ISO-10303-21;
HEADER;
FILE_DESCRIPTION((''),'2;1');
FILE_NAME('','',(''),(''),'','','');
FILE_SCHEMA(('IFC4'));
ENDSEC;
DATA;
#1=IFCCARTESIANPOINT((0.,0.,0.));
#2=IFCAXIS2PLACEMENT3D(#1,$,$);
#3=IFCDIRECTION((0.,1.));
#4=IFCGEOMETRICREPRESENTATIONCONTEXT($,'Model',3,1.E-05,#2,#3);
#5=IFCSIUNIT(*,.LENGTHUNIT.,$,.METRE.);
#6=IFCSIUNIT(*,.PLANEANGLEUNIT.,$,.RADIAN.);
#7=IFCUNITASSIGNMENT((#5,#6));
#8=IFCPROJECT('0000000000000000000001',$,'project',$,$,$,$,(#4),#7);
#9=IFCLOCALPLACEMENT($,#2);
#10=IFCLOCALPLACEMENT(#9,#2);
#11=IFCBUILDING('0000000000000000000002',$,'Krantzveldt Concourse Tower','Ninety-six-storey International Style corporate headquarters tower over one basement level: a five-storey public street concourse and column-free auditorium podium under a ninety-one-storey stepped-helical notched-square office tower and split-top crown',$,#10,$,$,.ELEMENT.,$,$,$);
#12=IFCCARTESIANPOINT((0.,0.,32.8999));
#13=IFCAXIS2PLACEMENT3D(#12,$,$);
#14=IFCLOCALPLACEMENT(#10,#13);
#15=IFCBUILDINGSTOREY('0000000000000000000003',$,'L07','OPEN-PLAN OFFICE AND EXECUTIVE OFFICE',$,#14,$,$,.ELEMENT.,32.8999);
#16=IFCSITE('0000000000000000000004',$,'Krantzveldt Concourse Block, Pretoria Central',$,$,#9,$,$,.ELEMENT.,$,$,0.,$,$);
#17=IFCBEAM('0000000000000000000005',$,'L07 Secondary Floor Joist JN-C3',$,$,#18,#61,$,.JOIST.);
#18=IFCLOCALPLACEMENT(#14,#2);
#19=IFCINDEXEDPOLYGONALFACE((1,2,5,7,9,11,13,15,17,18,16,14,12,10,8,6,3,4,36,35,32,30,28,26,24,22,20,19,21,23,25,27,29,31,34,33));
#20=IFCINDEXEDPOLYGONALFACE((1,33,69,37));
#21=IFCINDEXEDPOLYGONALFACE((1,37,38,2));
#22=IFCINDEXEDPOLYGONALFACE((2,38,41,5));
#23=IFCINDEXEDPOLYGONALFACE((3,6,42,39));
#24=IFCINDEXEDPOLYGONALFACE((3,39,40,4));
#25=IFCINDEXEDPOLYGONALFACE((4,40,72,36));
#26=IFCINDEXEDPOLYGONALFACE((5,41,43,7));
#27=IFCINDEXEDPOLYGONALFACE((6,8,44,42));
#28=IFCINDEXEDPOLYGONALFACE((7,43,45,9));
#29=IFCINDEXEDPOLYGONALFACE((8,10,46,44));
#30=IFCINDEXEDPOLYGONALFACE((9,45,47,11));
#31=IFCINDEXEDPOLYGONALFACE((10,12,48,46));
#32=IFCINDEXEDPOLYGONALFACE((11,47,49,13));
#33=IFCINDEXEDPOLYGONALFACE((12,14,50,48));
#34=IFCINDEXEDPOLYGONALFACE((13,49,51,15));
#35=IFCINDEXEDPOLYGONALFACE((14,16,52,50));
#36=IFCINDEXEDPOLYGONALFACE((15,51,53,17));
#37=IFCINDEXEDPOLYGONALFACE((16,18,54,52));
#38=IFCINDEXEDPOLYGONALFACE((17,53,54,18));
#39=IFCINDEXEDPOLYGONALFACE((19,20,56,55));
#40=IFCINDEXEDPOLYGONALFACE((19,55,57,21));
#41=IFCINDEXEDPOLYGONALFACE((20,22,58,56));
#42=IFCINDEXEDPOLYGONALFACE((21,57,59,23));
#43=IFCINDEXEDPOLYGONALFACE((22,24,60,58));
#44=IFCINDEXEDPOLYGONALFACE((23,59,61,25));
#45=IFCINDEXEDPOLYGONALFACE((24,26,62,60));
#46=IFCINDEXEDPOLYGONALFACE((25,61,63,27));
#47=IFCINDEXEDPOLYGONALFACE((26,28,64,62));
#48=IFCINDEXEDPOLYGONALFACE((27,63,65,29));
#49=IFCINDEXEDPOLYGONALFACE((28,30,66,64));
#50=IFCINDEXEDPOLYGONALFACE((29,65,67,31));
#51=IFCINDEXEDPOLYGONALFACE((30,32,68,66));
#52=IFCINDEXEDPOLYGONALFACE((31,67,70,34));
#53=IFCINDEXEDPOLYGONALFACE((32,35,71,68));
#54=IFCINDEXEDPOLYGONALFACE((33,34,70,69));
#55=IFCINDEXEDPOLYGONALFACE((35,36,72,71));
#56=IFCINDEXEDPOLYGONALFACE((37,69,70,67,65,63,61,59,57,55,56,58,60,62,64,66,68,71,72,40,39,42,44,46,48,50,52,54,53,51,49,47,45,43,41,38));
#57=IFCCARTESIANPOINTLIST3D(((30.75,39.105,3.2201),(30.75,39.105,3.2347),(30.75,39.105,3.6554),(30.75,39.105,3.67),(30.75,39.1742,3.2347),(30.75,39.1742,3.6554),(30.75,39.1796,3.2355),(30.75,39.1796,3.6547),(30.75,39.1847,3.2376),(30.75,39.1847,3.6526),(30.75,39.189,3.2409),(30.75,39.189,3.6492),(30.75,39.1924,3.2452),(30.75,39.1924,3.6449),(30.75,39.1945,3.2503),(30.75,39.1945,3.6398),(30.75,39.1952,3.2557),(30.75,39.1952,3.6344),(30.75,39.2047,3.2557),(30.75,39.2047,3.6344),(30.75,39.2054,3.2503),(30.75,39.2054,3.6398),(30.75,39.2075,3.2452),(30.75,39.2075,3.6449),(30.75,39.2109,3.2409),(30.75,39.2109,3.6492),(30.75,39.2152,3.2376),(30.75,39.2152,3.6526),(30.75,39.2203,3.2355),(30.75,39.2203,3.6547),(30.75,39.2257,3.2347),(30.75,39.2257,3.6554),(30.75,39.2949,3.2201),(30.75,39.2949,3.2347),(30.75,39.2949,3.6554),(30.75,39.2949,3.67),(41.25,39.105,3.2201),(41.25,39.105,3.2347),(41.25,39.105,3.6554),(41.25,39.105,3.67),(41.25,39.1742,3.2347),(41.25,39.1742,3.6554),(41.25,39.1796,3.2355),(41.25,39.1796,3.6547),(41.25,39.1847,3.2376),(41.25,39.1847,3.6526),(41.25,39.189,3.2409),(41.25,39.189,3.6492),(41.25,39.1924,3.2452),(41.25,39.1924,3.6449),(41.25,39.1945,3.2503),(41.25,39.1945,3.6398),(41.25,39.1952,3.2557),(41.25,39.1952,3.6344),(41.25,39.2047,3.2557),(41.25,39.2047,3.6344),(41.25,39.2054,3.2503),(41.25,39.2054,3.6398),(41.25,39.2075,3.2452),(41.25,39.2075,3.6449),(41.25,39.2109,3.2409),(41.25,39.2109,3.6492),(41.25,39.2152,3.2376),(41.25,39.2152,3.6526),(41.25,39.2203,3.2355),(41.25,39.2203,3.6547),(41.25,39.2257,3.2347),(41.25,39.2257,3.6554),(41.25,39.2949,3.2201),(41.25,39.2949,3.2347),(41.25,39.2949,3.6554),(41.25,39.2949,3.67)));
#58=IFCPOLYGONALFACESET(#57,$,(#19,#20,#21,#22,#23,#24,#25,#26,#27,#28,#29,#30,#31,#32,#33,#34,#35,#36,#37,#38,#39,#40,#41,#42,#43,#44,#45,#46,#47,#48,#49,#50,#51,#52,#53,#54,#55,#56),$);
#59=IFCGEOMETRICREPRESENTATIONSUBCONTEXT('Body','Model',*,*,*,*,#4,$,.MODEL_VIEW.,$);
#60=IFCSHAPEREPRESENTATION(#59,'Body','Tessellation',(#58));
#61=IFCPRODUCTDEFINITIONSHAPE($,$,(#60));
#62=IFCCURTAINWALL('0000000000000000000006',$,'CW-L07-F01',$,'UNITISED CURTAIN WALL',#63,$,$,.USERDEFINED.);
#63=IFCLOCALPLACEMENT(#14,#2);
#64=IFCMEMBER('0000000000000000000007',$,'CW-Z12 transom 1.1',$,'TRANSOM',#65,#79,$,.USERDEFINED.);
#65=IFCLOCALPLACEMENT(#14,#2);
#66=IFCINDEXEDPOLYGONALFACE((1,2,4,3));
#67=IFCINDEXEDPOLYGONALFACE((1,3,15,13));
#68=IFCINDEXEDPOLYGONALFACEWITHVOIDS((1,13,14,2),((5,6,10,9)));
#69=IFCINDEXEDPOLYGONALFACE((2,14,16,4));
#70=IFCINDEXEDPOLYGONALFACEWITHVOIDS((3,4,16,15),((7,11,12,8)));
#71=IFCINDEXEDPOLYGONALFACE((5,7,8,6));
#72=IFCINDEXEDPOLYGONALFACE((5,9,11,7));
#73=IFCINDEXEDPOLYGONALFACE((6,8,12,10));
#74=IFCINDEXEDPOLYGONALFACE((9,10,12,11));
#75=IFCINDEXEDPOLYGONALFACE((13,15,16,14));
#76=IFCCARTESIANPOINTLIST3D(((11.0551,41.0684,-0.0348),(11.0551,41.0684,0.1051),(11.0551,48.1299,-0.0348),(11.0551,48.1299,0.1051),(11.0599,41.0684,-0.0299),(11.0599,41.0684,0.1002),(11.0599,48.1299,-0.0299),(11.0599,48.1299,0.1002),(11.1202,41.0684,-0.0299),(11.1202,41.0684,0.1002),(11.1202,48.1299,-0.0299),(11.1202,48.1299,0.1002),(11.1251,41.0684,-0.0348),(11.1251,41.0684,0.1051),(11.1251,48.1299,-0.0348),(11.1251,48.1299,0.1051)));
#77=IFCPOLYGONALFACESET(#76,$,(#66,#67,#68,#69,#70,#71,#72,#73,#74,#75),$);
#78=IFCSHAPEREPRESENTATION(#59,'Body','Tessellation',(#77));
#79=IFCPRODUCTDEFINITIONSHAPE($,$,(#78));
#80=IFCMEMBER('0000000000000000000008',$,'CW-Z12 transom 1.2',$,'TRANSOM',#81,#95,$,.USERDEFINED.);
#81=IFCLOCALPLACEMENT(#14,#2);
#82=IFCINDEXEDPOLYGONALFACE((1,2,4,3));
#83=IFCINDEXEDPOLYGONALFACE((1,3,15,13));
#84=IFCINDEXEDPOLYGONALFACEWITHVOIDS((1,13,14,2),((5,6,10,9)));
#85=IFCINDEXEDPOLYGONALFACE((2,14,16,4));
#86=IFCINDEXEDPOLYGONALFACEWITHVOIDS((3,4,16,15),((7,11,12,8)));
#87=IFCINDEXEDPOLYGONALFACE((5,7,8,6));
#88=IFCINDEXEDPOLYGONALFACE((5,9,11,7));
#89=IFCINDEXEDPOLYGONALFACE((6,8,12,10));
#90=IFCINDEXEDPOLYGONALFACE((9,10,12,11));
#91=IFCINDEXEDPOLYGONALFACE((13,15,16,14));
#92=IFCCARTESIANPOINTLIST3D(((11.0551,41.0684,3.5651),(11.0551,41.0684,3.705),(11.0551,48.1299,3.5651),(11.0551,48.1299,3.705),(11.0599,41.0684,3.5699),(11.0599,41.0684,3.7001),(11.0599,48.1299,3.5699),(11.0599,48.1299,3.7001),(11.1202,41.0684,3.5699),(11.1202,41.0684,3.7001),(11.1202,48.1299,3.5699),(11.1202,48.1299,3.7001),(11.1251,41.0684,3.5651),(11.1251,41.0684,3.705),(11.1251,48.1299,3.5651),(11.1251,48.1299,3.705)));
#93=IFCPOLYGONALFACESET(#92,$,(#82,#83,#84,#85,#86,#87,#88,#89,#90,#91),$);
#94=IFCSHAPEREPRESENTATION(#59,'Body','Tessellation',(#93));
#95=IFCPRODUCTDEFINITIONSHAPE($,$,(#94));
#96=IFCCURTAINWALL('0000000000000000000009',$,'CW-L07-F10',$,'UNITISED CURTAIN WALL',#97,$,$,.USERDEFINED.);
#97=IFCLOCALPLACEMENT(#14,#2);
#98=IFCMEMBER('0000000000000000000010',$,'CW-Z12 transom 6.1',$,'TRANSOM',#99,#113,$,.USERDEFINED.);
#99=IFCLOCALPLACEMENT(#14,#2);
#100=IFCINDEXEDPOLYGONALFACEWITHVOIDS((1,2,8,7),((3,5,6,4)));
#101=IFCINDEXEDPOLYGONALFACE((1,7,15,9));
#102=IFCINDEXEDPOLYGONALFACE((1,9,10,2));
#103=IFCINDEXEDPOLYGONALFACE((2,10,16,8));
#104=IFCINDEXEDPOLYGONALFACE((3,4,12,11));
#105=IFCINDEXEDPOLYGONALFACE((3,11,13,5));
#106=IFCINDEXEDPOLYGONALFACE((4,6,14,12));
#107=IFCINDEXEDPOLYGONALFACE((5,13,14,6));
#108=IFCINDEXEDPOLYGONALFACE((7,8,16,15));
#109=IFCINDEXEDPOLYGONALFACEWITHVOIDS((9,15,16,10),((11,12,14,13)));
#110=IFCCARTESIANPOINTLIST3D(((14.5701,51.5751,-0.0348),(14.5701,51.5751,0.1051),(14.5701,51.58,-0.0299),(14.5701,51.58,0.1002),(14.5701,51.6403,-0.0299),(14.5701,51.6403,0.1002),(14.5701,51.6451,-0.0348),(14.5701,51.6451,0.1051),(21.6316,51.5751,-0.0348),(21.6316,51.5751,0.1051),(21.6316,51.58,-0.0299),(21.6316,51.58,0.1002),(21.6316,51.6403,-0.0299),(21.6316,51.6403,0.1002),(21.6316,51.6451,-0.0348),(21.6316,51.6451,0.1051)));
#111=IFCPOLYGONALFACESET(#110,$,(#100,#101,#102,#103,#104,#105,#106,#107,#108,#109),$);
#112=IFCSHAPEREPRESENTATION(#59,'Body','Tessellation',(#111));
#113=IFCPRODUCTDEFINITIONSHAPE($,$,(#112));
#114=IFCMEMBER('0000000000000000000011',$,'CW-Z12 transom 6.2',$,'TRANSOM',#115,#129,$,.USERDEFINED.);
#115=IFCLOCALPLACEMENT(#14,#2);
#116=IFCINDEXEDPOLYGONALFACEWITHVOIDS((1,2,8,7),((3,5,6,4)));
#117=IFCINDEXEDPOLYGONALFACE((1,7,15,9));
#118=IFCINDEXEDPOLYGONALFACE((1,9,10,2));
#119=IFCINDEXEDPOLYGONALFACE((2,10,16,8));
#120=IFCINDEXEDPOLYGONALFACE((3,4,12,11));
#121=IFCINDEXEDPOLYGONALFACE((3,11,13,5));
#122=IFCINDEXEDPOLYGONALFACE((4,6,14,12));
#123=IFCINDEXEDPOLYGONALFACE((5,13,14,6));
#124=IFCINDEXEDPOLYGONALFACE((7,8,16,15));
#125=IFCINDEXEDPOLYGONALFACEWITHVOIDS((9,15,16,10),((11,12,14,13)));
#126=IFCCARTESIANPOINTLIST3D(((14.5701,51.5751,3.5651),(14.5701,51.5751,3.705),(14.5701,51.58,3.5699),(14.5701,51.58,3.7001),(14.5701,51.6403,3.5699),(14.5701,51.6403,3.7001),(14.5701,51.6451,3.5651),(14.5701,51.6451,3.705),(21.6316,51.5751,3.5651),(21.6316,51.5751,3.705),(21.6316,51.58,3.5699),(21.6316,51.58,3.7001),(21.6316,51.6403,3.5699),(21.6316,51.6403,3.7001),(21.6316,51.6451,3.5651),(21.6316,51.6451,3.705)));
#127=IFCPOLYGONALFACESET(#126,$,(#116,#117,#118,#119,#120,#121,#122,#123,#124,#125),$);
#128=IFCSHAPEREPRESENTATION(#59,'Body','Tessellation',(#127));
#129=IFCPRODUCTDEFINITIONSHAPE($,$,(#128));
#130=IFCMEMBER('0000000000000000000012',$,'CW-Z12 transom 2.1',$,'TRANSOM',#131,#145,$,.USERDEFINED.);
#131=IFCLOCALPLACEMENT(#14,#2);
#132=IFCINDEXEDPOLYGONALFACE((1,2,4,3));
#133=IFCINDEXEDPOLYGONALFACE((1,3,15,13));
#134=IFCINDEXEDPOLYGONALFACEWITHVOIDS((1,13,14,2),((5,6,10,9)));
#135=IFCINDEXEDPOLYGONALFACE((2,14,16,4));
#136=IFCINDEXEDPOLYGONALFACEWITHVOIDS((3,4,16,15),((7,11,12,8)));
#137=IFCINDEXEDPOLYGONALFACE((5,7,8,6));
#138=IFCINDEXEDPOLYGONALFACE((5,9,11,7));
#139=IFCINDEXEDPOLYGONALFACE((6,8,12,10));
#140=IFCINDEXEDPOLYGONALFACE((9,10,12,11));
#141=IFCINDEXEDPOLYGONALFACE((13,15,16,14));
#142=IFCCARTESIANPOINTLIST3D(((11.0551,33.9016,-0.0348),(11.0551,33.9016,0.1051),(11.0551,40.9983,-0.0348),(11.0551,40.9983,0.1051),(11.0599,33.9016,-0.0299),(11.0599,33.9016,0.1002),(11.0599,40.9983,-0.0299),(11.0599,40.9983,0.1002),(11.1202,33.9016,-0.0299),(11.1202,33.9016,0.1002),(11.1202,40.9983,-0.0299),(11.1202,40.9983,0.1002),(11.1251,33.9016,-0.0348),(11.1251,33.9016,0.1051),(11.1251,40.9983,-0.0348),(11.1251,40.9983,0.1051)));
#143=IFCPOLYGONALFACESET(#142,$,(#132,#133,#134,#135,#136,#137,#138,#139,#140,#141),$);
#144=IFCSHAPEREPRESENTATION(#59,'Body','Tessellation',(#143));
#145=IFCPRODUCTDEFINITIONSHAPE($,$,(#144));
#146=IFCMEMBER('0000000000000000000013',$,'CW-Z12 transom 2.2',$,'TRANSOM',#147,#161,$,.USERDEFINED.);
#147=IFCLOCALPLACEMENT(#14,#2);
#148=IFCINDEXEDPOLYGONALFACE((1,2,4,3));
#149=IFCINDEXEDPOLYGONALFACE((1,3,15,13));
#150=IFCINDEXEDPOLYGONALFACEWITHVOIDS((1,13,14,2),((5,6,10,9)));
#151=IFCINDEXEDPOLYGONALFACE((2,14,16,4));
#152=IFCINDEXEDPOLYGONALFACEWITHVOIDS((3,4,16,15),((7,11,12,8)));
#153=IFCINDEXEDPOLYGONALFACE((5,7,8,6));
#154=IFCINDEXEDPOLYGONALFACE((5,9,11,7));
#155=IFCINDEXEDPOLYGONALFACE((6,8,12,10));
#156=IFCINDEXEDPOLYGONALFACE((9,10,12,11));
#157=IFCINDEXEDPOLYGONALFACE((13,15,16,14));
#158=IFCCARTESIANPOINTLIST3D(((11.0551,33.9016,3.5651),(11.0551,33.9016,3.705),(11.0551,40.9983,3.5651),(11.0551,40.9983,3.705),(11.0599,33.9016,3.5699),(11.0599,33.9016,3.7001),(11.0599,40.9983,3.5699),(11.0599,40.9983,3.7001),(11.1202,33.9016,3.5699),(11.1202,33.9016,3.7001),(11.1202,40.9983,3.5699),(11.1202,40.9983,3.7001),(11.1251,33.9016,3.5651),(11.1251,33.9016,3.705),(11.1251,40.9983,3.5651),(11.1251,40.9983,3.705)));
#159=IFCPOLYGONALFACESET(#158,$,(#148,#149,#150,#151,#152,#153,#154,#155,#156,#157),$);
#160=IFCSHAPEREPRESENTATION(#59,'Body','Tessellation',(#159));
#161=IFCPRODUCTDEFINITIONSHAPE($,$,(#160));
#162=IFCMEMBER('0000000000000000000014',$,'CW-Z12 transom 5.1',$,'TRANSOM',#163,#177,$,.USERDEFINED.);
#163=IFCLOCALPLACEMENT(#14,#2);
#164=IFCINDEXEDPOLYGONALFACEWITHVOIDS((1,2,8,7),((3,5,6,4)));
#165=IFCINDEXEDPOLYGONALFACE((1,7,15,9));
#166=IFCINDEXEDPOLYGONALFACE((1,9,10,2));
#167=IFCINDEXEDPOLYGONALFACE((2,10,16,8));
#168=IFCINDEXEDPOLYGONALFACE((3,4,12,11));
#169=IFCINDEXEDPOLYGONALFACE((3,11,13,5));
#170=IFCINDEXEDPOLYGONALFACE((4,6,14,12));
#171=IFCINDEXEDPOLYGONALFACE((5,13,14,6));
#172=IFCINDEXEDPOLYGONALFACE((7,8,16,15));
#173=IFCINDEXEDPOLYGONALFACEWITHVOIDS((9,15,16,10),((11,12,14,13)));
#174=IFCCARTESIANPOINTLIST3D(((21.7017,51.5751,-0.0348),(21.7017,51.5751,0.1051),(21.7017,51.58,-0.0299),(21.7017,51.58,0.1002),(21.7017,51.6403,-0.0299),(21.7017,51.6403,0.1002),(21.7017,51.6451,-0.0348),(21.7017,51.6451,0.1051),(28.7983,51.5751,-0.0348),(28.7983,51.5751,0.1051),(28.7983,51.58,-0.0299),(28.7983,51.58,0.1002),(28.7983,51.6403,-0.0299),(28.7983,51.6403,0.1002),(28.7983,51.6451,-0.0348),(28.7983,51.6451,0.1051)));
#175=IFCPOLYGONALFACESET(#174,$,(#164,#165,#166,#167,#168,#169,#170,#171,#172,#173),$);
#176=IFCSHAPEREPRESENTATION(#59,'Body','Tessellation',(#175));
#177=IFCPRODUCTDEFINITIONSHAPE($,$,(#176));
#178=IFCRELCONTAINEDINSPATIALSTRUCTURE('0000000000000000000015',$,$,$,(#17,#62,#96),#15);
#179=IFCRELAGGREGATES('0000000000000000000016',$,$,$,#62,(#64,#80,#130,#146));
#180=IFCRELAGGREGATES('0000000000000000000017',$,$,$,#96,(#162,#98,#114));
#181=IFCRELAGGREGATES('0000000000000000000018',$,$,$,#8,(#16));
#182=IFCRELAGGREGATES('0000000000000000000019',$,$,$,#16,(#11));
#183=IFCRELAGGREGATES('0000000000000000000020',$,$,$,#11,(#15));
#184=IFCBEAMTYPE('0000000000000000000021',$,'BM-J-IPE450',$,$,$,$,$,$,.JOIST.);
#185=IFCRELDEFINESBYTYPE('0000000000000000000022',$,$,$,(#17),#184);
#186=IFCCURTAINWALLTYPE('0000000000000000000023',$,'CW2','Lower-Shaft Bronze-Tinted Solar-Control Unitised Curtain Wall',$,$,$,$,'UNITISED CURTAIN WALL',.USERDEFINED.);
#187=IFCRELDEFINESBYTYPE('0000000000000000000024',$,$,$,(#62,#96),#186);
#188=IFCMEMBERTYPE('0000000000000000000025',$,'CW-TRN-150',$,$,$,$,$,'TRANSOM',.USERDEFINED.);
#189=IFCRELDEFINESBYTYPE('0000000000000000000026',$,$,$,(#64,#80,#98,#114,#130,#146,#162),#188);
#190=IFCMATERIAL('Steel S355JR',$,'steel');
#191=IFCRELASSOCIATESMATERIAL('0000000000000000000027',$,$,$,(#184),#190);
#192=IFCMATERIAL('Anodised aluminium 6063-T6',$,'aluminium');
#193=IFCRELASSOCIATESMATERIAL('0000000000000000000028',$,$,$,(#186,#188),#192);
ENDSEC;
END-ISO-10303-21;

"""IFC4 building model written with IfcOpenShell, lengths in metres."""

from ifc_helpers import new_model, si_unit, direction, frame, origin, origin_2d, place, context, subcontext, project, spatial, hollow_rectangle, i_section, extrude, source, transform, mapped, material, material_profile, profile_set, type_object, type_shapes, element, aggregate, save


model = new_model("IFC4")

# Units and contexts
model_context = context("Model", 3, precision=1e-05, world=origin(), true_north=direction((0.0, 1.0)))
body_context = subcontext(model_context, "Body", "Model", "MODEL_VIEW")
ifc_project = project(units=[si_unit("LENGTHUNIT", "METRE"), si_unit("PLANEANGLEUNIT", "RADIAN")], contexts=[model_context])

# Site, building, storey
site_placement = place(None, origin())
site = spatial("IfcSite", under=ifc_project, at=site_placement, Name="Krantzveldt Concourse Block, Pretoria Central", CompositionType="ELEMENT", RefElevation=0.0)
building_placement = place(site_placement, origin())
building = spatial("IfcBuilding", under=site, at=building_placement, Name="Krantzveldt Concourse Tower", Description="Ninety-six-storey International Style corporate headquarters tower over one basement level: a five-storey public street concourse and column-free auditorium podium under a ninety-one-storey stepped-helical notched-square office tower and split-top crown", CompositionType="ELEMENT")
storey_placement = place(building_placement, frame((0.0, 0.0, 32.8999)))
storey = spatial("IfcBuildingStorey", under=building, at=storey_placement, Name="L07", Description="OPEN-PLAN OFFICE AND EXECUTIVE OFFICE", CompositionType="ELEMENT", Elevation=32.8999)

# Beam
ifc_material_1 = material(Name="Steel S355JR", Category="steel")
ifc_material_profile_1 = material_profile(ifc_material_1, i_section(OverallWidth=0.1899, OverallDepth=0.45, WebThickness=0.0095, FlangeThickness=0.0146, FilletRadius=0.021, at=origin_2d()), Name="Steel S355JR", Category="steel")
ifc_profile_set_1 = profile_set([ifc_material_profile_1], Name="Steel S355JR - IPE 450")
beam_type_1 = type_object("IfcBeamType", Name="BM-J-IPE450", PredefinedType="JOIST", material=ifc_profile_set_1)
shared_shape_1 = source(origin(), body_context, "Body", "SweptSolid", [
    extrude(i_section(OverallWidth=0.1899, OverallDepth=0.45, WebThickness=0.0095, FlangeThickness=0.0146, FilletRadius=0.021, at=origin_2d()), origin(), (0.0, 0.0, 1.0), 10.5),
])
type_shapes(beam_type_1, [shared_shape_1])
beam_1_placement = place(storey_placement, frame((30.75, 39.2, 3.4451), z_axis=(1.0, 0.0, 0.0), x_axis=(0.0, 1.0, 0.0)))
element("IfcBeam", 1, at=beam_1_placement, inside=storey, type_object=beam_type_1, Name="L07 Secondary Floor Joist JN-C3", PredefinedType="JOIST", context=body_context, shape_type="MappedRepresentation", body=[
    mapped(shared_shape_1, transform((0.0, 0.0, 0.0), x_axis=(1.0, 0.0, 0.0), y_axis=(0.0, 1.0, 0.0), z_axis=(0.0, 0.0, 1.0), scale=1.0)),
])

# Curtain walls, members
ifc_material_2 = material(Name="Anodised aluminium 6063-T6", Category="aluminium")
curtain_wall_type = type_object("IfcCurtainWallType", Name="CW2", Description="Lower-Shaft Bronze-Tinted Solar-Control Unitised Curtain Wall", ElementType="UNITISED CURTAIN WALL", PredefinedType="USERDEFINED", material=ifc_material_2)
curtain_wall_1_placement = place(storey_placement, origin())
curtain_wall_1 = element("IfcCurtainWall", 2, at=curtain_wall_1_placement, inside=storey, type_object=curtain_wall_type, Name="CW-L07-F01", ObjectType="UNITISED CURTAIN WALL", PredefinedType="USERDEFINED")
ifc_material_profile_2 = material_profile(ifc_material_2, hollow_rectangle(XDim=0.0701, YDim=0.1399, WallThickness=0.0049, at=origin_2d()), Name="Anodised aluminium 6063-T6", Category="aluminium")
ifc_profile_set_2 = profile_set([ifc_material_profile_2], Name="Anodised aluminium 6063-T6 - ALU-TRAN 140x70x5")
member_type_1 = type_object("IfcMemberType", Name="CW-TRN-150", ElementType="TRANSOM", PredefinedType="USERDEFINED", material=ifc_profile_set_2)
shared_shape_2 = source(origin(), body_context, "Body", "SweptSolid", [
    extrude(hollow_rectangle(XDim=0.0701, YDim=0.1399, WallThickness=0.0049, at=origin_2d()), origin(), (0.0, 0.0, 1.0), 7.0615),
])
member_1_placement = place(storey_placement, frame((11.0901, 48.1299, 0.0352), z_axis=(0.0, -1.0, 0.0), x_axis=(1.0, 0.0, 0.0)))
member_1 = element("IfcMember", 3, at=member_1_placement, type_object=member_type_1, Name="CW-Z12 transom 1.1", ObjectType="TRANSOM", PredefinedType="USERDEFINED", context=body_context, shape_type="MappedRepresentation", body=[
    mapped(shared_shape_2, transform((0.0, 0.0, 0.0), x_axis=(1.0, 0.0, 0.0), y_axis=(0.0, 1.0, 0.0), z_axis=(0.0, 0.0, 1.0), scale=1.0)),
])
member_2_placement = place(storey_placement, frame((11.0901, 48.1299, 3.635), z_axis=(0.0, -1.0, 0.0), x_axis=(1.0, 0.0, 0.0)))
member_2 = element("IfcMember", 4, at=member_2_placement, type_object=member_type_1, Name="CW-Z12 transom 1.2", ObjectType="TRANSOM", PredefinedType="USERDEFINED", context=body_context, shape_type="MappedRepresentation", body=[
    mapped(shared_shape_2, transform((0.0, 0.0, 0.0), x_axis=(1.0, 0.0, 0.0), y_axis=(0.0, 1.0, 0.0), z_axis=(0.0, 0.0, 1.0), scale=1.0)),
])
curtain_wall_2_placement = place(storey_placement, origin())
curtain_wall_2 = element("IfcCurtainWall", 5, at=curtain_wall_2_placement, inside=storey, type_object=curtain_wall_type, Name="CW-L07-F10", ObjectType="UNITISED CURTAIN WALL", PredefinedType="USERDEFINED")
member_3_placement = place(storey_placement, frame((21.6316, 51.6101, 0.0352), z_axis=(-1.0, 0.0, 0.0), x_axis=(0.0, -1.0, 0.0)))
member_3 = element("IfcMember", 6, at=member_3_placement, type_object=member_type_1, Name="CW-Z12 transom 6.1", ObjectType="TRANSOM", PredefinedType="USERDEFINED", context=body_context, shape_type="MappedRepresentation", body=[
    mapped(shared_shape_2, transform((0.0, 0.0, 0.0), x_axis=(1.0, 0.0, 0.0), y_axis=(0.0, 1.0, 0.0), z_axis=(0.0, 0.0, 1.0), scale=1.0)),
])
member_4_placement = place(storey_placement, frame((21.6316, 51.6101, 3.635), z_axis=(-1.0, 0.0, 0.0), x_axis=(0.0, -1.0, 0.0)))
member_4 = element("IfcMember", 7, at=member_4_placement, type_object=member_type_1, Name="CW-Z12 transom 6.2", ObjectType="TRANSOM", PredefinedType="USERDEFINED", context=body_context, shape_type="MappedRepresentation", body=[
    mapped(shared_shape_2, transform((0.0, 0.0, 0.0), x_axis=(1.0, 0.0, 0.0), y_axis=(0.0, 1.0, 0.0), z_axis=(0.0, 0.0, 1.0), scale=1.0)),
])

# Members
shared_shape_3 = source(origin(), body_context, "Body", "SweptSolid", [
    extrude(hollow_rectangle(XDim=0.0701, YDim=0.1399, WallThickness=0.0049, at=origin_2d()), origin(), (0.0, 0.0, 1.0), 7.0967),
])
type_shapes(member_type_1, [shared_shape_2, shared_shape_3])
member_5_placement = place(storey_placement, frame((11.0901, 40.9983, 0.0352), z_axis=(0.0, -1.0, 0.0), x_axis=(1.0, 0.0, 0.0)))
member_5 = element("IfcMember", 8, at=member_5_placement, type_object=member_type_1, Name="CW-Z12 transom 2.1", ObjectType="TRANSOM", PredefinedType="USERDEFINED", context=body_context, shape_type="MappedRepresentation", body=[
    mapped(shared_shape_3, transform((0.0, 0.0, 0.0), x_axis=(1.0, 0.0, 0.0), y_axis=(0.0, 1.0, 0.0), z_axis=(0.0, 0.0, 1.0), scale=1.0)),
])
member_6_placement = place(storey_placement, frame((11.0901, 40.9983, 3.635), z_axis=(0.0, -1.0, 0.0), x_axis=(1.0, 0.0, 0.0)))
member_6 = element("IfcMember", 9, at=member_6_placement, type_object=member_type_1, Name="CW-Z12 transom 2.2", ObjectType="TRANSOM", PredefinedType="USERDEFINED", context=body_context, shape_type="MappedRepresentation", body=[
    mapped(shared_shape_3, transform((0.0, 0.0, 0.0), x_axis=(1.0, 0.0, 0.0), y_axis=(0.0, 1.0, 0.0), z_axis=(0.0, 0.0, 1.0), scale=1.0)),
])
member_7_placement = place(storey_placement, frame((28.7983, 51.6101, 0.0352), z_axis=(-1.0, 0.0, 0.0), x_axis=(0.0, -1.0, 0.0)))
member_7 = element("IfcMember", 10, at=member_7_placement, type_object=member_type_1, Name="CW-Z12 transom 5.1", ObjectType="TRANSOM", PredefinedType="USERDEFINED", context=body_context, shape_type="MappedRepresentation", body=[
    mapped(shared_shape_3, transform((0.0, 0.0, 0.0), x_axis=(1.0, 0.0, 0.0), y_axis=(0.0, 1.0, 0.0), z_axis=(0.0, 0.0, 1.0), scale=1.0)),
])

aggregate(curtain_wall_1, [member_1, member_2, member_5, member_6])
aggregate(curtain_wall_2, [member_7, member_3, member_4])

save(model, "model.ifc")
